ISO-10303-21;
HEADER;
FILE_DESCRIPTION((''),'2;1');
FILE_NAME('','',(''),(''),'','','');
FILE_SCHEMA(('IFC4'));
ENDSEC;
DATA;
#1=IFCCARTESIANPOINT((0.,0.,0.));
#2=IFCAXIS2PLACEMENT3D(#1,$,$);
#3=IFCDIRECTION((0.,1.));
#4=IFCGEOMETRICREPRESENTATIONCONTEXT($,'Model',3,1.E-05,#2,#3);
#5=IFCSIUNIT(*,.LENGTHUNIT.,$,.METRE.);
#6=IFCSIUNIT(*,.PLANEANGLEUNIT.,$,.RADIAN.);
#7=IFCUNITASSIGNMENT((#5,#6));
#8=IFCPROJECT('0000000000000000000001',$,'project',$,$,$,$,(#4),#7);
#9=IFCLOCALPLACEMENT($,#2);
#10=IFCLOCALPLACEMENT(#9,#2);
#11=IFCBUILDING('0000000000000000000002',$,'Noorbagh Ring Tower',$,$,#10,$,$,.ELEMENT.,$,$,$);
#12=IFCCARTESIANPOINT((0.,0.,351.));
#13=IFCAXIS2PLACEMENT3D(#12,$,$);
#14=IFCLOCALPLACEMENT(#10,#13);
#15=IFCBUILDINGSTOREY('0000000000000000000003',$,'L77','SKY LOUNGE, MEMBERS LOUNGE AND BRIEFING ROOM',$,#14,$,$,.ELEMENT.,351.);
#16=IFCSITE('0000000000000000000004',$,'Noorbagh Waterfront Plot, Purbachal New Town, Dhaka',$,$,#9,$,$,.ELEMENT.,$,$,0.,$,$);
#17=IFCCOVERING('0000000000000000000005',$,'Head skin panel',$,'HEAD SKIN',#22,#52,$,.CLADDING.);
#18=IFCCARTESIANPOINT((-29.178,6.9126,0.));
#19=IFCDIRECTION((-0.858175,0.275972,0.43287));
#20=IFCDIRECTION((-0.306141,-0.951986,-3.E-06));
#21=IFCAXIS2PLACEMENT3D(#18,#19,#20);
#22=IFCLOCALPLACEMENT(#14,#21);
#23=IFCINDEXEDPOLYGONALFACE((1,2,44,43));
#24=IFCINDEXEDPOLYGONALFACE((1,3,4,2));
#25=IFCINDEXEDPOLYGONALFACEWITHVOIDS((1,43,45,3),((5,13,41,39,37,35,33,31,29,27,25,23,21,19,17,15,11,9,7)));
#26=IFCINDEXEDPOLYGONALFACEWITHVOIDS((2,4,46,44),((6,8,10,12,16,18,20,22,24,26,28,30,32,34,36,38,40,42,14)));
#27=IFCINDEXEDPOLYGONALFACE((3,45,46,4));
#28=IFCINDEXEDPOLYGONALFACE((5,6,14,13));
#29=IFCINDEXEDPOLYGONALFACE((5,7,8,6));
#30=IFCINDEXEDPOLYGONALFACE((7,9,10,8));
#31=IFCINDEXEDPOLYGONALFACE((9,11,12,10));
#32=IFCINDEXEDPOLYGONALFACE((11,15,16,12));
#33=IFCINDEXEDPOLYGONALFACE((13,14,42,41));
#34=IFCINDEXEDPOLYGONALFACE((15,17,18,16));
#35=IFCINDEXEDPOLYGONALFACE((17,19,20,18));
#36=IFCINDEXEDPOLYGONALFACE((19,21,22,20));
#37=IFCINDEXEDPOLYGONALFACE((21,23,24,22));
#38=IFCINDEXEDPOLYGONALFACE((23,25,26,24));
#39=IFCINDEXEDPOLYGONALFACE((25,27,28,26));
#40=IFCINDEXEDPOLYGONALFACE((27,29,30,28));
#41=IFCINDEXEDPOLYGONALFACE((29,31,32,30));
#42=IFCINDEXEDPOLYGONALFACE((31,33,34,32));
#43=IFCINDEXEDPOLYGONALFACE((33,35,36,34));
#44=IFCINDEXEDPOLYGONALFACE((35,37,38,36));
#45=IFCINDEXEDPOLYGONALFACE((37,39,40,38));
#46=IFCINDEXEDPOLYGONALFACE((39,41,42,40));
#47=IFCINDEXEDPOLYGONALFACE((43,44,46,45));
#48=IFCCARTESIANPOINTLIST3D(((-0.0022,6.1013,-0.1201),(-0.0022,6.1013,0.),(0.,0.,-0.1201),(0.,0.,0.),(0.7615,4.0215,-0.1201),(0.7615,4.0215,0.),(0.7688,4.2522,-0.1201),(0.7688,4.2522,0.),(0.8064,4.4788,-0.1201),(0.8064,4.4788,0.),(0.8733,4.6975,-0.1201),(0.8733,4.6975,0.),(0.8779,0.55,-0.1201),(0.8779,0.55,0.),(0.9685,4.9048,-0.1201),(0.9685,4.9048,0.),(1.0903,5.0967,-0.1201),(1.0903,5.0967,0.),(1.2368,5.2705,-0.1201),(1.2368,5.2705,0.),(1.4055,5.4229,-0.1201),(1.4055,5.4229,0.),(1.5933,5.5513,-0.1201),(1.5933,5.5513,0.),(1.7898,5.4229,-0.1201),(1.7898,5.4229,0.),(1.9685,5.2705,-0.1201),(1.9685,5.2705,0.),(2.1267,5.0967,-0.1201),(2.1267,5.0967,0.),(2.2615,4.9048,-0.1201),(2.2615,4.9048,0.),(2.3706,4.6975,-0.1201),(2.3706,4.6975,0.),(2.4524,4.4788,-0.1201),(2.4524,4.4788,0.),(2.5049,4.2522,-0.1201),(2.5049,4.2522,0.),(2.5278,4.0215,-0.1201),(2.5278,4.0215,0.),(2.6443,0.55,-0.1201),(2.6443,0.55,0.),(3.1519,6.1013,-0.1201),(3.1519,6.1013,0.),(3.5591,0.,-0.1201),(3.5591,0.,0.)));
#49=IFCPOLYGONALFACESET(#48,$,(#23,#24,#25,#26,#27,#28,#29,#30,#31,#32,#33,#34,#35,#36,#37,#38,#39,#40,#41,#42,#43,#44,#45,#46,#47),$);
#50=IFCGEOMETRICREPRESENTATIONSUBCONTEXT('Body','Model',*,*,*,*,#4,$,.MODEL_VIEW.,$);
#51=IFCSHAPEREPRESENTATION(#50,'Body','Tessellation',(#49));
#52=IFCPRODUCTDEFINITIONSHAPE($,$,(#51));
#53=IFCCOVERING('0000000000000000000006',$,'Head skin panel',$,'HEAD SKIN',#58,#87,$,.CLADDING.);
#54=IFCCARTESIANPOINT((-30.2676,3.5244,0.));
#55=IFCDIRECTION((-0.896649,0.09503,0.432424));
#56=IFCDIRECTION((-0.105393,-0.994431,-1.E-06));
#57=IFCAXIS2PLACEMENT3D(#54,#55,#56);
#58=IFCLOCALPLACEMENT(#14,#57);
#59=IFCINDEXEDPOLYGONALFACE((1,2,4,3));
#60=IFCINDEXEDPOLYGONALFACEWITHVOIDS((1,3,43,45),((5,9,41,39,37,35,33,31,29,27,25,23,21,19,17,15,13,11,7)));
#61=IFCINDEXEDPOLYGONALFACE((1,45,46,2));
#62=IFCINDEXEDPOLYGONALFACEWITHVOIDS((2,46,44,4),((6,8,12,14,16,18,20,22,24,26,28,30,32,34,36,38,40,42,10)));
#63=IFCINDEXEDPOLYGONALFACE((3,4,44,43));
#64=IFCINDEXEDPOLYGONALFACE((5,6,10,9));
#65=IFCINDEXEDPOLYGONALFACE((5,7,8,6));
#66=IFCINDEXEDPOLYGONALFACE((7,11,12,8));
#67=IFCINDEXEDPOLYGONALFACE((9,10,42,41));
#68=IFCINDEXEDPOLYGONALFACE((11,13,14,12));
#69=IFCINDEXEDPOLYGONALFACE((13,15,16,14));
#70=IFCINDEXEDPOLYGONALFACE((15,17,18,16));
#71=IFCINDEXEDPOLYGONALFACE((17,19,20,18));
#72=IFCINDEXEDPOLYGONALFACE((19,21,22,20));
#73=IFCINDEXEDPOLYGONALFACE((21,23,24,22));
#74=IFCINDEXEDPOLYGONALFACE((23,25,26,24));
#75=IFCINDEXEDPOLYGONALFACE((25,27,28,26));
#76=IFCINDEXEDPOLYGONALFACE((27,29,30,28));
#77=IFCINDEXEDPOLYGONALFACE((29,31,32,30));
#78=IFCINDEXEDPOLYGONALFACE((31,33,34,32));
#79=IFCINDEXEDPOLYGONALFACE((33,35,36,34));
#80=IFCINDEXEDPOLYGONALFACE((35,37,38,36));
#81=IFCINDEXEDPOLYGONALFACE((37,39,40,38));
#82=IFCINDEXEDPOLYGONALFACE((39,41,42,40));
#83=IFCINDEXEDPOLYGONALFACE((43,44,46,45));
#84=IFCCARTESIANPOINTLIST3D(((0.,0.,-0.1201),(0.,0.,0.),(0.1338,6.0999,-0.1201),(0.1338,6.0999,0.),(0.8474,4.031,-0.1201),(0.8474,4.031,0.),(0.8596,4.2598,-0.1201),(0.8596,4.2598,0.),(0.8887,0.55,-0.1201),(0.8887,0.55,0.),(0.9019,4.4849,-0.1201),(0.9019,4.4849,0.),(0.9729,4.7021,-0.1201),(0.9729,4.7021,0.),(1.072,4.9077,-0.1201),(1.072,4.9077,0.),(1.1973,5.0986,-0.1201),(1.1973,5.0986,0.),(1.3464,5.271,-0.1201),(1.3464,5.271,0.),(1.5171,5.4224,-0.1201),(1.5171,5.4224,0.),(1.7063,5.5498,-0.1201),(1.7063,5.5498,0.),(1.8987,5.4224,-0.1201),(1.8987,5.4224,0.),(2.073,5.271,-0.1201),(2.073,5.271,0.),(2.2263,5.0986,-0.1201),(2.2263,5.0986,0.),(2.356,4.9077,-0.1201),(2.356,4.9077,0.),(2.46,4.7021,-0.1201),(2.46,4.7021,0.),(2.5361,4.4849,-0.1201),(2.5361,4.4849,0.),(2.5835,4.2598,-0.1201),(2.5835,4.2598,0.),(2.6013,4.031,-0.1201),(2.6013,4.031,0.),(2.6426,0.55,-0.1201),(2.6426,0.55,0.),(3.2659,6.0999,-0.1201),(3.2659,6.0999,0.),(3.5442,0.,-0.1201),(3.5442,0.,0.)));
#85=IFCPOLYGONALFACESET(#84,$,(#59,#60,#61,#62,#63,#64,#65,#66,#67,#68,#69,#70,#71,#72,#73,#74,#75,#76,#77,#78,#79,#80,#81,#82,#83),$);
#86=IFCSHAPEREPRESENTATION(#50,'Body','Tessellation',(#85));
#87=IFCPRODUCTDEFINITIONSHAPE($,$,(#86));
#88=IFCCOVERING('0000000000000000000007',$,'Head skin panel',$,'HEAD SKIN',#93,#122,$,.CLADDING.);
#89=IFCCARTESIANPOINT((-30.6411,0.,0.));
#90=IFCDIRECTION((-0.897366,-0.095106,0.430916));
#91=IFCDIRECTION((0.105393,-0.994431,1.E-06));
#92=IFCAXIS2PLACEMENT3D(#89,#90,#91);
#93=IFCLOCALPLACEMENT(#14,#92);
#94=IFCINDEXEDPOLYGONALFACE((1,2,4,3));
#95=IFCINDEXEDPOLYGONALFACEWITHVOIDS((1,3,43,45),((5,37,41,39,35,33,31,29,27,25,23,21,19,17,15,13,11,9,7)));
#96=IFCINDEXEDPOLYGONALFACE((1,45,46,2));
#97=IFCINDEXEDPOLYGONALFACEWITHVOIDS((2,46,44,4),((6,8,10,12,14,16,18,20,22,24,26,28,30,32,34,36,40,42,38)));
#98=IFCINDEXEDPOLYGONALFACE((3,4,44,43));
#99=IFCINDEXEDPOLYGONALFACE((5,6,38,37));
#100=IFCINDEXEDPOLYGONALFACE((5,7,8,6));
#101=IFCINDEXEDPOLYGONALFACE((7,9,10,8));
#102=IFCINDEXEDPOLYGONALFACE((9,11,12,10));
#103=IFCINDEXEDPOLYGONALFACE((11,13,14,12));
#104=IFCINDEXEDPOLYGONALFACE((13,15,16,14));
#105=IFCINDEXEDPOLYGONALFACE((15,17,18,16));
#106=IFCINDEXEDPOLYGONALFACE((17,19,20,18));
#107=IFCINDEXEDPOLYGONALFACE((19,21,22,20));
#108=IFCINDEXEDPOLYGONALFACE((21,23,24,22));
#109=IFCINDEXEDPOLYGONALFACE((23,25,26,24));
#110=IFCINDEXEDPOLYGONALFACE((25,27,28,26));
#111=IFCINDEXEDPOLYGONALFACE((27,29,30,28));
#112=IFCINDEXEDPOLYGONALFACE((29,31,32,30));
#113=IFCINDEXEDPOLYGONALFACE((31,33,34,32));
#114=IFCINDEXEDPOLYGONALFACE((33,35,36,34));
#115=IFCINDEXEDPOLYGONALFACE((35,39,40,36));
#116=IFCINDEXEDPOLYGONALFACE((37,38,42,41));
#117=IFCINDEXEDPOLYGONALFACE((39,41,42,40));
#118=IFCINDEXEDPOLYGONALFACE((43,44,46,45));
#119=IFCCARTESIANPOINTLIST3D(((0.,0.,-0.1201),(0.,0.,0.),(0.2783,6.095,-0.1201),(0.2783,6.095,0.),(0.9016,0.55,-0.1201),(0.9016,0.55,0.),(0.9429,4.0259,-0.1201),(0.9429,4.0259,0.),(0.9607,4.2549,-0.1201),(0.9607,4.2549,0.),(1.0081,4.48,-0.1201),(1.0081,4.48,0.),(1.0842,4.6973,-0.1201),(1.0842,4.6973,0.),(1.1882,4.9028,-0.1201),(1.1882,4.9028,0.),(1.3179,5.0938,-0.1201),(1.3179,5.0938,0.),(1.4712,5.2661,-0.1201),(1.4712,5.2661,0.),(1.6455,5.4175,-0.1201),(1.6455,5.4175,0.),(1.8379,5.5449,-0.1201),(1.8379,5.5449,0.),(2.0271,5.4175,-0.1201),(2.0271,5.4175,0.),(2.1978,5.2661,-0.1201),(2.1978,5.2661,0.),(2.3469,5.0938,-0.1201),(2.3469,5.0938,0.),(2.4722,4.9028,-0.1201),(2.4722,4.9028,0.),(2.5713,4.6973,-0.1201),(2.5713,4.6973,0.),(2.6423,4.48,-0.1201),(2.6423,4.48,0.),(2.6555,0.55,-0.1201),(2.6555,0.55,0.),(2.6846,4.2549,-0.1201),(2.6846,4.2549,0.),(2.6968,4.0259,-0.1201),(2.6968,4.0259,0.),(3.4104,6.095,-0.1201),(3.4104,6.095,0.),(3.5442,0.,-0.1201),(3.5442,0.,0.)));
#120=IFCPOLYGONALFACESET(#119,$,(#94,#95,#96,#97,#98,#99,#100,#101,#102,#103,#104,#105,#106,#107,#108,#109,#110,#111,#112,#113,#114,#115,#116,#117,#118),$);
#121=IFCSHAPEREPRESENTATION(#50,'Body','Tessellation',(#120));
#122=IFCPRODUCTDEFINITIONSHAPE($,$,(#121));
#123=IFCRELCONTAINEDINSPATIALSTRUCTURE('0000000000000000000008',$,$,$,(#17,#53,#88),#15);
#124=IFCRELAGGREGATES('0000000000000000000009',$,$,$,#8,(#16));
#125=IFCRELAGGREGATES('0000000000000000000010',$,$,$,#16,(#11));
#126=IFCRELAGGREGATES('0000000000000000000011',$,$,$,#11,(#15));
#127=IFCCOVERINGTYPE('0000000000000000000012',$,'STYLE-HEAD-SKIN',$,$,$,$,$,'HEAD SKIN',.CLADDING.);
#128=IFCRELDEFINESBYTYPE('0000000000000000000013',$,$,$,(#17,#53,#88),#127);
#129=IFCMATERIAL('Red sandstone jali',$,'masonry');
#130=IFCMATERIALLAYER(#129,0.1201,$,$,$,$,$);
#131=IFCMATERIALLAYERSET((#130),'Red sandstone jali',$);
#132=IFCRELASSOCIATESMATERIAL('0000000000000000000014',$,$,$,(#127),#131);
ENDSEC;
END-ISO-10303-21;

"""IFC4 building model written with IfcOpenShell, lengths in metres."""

from ifc_helpers import new_model, si_unit, direction, frame, origin, place, context, subcontext, project, spatial, polyline, outline, extrude, material, layer, layer_set, type_object, element, save


model = new_model("IFC4")

# Units and contexts
model_context = context("Model", 3, precision=1e-05, world=origin(), true_north=direction((0.0, 1.0)))
body_context = subcontext(model_context, "Body", "Model", "MODEL_VIEW")
ifc_project = project(units=[si_unit("LENGTHUNIT", "METRE"), si_unit("PLANEANGLEUNIT", "RADIAN")], contexts=[model_context])

# Site, building, storey
site_placement = place(None, origin())
site = spatial("IfcSite", under=ifc_project, at=site_placement, Name="Noorbagh Waterfront Plot, Purbachal New Town, Dhaka", CompositionType="ELEMENT", RefElevation=0.0)
building_placement = place(site_placement, origin())
building = spatial("IfcBuilding", under=site, at=building_placement, Name="Noorbagh Ring Tower", CompositionType="ELEMENT")
storey_placement = place(building_placement, frame((0.0, 0.0, 351.0)))
storey = spatial("IfcBuildingStorey", under=building, at=storey_placement, Name="L77", Description="SKY LOUNGE, MEMBERS LOUNGE AND BRIEFING ROOM", CompositionType="ELEMENT", Elevation=351.0)

# Coverings
ifc_material_1 = material(Name="Red sandstone jali", Category="masonry")
ifc_layer_1 = layer(ifc_material_1, 0.1201)
ifc_layer_set_1 = layer_set([ifc_layer_1], Name="Red sandstone jali")
covering_type_1 = type_object("IfcCoveringType", Name="STYLE-HEAD-SKIN", ElementType="HEAD SKIN", PredefinedType="CLADDING", material=ifc_layer_set_1)
covering_1_placement = place(storey_placement, frame((-29.178, 6.9126, 0.0), z_axis=(-0.858175, 0.275972, 0.43287), x_axis=(-0.306141, -0.951986, -0.000003)))
element("IfcCovering", 1, at=covering_1_placement, inside=storey, type_object=covering_type_1, Name="Head skin panel", ObjectType="HEAD SKIN", PredefinedType="CLADDING", context=body_context, shape_type="SweptSolid", body=[
    extrude(outline(polyline([(0.0, 0.0), (3.5591, 0.0), (3.1519, 6.1013), (-0.0022, 6.1013), (0.0, 0.0)]), holes=[polyline([(0.8779, 0.55), (0.7615, 4.0215), (0.7688, 4.2522), (0.8064, 4.4788), (0.8733, 4.6975), (0.9685, 4.9048), (1.0903, 5.0967), (1.2368, 5.2705), (1.4055, 5.4229), (1.5933, 5.5513), (1.7898, 5.4229), (1.9685, 5.2705), (2.1267, 5.0967), (2.2615, 4.9048), (2.3706, 4.6975), (2.4524, 4.4788), (2.5049, 4.2522), (2.5278, 4.0215), (2.6443, 0.55), (0.8779, 0.55)])]), origin(), (0.0, 0.0, -1.0), 0.1201),
])
covering_2_placement = place(storey_placement, frame((-30.2676, 3.5244, 0.0), z_axis=(-0.896649, 0.09503, 0.432424), x_axis=(-0.105393, -0.994431, -0.000001)))
element("IfcCovering", 2, at=covering_2_placement, inside=storey, type_object=covering_type_1, Name="Head skin panel", ObjectType="HEAD SKIN", PredefinedType="CLADDING", context=body_context, shape_type="SweptSolid", body=[
    extrude(outline(polyline([(0.0, 0.0), (3.5442, 0.0), (3.2659, 6.0999), (0.1338, 6.0999), (0.0, 0.0)]), holes=[polyline([(0.8887, 0.55), (0.8474, 4.031), (0.8596, 4.2598), (0.9019, 4.4849), (0.9729, 4.7021), (1.072, 4.9077), (1.1973, 5.0986), (1.3464, 5.271), (1.5171, 5.4224), (1.7063, 5.5498), (1.8987, 5.4224), (2.073, 5.271), (2.2263, 5.0986), (2.356, 4.9077), (2.46, 4.7021), (2.5361, 4.4849), (2.5835, 4.2598), (2.6013, 4.031), (2.6426, 0.55), (0.8887, 0.55)])]), origin(), (0.0, 0.0, -1.0), 0.1201),
])
covering_3_placement = place(storey_placement, frame((-30.6411, 0.0, 0.0), z_axis=(-0.897366, -0.095106, 0.430916), x_axis=(0.105393, -0.994431, 0.000001)))
element("IfcCovering", 3, at=covering_3_placement, inside=storey, type_object=covering_type_1, Name="Head skin panel", ObjectType="HEAD SKIN", PredefinedType="CLADDING", context=body_context, shape_type="SweptSolid", body=[
    extrude(outline(polyline([(0.0, 0.0), (3.5442, 0.0), (3.4104, 6.095), (0.2783, 6.095), (0.0, 0.0)]), holes=[polyline([(0.9016, 0.55), (0.9429, 4.0259), (0.9607, 4.2549), (1.0081, 4.48), (1.0842, 4.6973), (1.1882, 4.9028), (1.3179, 5.0938), (1.4712, 5.2661), (1.6455, 5.4175), (1.8379, 5.5449), (2.0271, 5.4175), (2.1978, 5.2661), (2.3469, 5.0938), (2.4722, 4.9028), (2.5713, 4.6973), (2.6423, 4.48), (2.6846, 4.2549), (2.6968, 4.0259), (2.6555, 0.55), (0.9016, 0.55)])]), origin(), (0.0, 0.0, -1.0), 0.1201),
])

save(model, "model.ifc")
